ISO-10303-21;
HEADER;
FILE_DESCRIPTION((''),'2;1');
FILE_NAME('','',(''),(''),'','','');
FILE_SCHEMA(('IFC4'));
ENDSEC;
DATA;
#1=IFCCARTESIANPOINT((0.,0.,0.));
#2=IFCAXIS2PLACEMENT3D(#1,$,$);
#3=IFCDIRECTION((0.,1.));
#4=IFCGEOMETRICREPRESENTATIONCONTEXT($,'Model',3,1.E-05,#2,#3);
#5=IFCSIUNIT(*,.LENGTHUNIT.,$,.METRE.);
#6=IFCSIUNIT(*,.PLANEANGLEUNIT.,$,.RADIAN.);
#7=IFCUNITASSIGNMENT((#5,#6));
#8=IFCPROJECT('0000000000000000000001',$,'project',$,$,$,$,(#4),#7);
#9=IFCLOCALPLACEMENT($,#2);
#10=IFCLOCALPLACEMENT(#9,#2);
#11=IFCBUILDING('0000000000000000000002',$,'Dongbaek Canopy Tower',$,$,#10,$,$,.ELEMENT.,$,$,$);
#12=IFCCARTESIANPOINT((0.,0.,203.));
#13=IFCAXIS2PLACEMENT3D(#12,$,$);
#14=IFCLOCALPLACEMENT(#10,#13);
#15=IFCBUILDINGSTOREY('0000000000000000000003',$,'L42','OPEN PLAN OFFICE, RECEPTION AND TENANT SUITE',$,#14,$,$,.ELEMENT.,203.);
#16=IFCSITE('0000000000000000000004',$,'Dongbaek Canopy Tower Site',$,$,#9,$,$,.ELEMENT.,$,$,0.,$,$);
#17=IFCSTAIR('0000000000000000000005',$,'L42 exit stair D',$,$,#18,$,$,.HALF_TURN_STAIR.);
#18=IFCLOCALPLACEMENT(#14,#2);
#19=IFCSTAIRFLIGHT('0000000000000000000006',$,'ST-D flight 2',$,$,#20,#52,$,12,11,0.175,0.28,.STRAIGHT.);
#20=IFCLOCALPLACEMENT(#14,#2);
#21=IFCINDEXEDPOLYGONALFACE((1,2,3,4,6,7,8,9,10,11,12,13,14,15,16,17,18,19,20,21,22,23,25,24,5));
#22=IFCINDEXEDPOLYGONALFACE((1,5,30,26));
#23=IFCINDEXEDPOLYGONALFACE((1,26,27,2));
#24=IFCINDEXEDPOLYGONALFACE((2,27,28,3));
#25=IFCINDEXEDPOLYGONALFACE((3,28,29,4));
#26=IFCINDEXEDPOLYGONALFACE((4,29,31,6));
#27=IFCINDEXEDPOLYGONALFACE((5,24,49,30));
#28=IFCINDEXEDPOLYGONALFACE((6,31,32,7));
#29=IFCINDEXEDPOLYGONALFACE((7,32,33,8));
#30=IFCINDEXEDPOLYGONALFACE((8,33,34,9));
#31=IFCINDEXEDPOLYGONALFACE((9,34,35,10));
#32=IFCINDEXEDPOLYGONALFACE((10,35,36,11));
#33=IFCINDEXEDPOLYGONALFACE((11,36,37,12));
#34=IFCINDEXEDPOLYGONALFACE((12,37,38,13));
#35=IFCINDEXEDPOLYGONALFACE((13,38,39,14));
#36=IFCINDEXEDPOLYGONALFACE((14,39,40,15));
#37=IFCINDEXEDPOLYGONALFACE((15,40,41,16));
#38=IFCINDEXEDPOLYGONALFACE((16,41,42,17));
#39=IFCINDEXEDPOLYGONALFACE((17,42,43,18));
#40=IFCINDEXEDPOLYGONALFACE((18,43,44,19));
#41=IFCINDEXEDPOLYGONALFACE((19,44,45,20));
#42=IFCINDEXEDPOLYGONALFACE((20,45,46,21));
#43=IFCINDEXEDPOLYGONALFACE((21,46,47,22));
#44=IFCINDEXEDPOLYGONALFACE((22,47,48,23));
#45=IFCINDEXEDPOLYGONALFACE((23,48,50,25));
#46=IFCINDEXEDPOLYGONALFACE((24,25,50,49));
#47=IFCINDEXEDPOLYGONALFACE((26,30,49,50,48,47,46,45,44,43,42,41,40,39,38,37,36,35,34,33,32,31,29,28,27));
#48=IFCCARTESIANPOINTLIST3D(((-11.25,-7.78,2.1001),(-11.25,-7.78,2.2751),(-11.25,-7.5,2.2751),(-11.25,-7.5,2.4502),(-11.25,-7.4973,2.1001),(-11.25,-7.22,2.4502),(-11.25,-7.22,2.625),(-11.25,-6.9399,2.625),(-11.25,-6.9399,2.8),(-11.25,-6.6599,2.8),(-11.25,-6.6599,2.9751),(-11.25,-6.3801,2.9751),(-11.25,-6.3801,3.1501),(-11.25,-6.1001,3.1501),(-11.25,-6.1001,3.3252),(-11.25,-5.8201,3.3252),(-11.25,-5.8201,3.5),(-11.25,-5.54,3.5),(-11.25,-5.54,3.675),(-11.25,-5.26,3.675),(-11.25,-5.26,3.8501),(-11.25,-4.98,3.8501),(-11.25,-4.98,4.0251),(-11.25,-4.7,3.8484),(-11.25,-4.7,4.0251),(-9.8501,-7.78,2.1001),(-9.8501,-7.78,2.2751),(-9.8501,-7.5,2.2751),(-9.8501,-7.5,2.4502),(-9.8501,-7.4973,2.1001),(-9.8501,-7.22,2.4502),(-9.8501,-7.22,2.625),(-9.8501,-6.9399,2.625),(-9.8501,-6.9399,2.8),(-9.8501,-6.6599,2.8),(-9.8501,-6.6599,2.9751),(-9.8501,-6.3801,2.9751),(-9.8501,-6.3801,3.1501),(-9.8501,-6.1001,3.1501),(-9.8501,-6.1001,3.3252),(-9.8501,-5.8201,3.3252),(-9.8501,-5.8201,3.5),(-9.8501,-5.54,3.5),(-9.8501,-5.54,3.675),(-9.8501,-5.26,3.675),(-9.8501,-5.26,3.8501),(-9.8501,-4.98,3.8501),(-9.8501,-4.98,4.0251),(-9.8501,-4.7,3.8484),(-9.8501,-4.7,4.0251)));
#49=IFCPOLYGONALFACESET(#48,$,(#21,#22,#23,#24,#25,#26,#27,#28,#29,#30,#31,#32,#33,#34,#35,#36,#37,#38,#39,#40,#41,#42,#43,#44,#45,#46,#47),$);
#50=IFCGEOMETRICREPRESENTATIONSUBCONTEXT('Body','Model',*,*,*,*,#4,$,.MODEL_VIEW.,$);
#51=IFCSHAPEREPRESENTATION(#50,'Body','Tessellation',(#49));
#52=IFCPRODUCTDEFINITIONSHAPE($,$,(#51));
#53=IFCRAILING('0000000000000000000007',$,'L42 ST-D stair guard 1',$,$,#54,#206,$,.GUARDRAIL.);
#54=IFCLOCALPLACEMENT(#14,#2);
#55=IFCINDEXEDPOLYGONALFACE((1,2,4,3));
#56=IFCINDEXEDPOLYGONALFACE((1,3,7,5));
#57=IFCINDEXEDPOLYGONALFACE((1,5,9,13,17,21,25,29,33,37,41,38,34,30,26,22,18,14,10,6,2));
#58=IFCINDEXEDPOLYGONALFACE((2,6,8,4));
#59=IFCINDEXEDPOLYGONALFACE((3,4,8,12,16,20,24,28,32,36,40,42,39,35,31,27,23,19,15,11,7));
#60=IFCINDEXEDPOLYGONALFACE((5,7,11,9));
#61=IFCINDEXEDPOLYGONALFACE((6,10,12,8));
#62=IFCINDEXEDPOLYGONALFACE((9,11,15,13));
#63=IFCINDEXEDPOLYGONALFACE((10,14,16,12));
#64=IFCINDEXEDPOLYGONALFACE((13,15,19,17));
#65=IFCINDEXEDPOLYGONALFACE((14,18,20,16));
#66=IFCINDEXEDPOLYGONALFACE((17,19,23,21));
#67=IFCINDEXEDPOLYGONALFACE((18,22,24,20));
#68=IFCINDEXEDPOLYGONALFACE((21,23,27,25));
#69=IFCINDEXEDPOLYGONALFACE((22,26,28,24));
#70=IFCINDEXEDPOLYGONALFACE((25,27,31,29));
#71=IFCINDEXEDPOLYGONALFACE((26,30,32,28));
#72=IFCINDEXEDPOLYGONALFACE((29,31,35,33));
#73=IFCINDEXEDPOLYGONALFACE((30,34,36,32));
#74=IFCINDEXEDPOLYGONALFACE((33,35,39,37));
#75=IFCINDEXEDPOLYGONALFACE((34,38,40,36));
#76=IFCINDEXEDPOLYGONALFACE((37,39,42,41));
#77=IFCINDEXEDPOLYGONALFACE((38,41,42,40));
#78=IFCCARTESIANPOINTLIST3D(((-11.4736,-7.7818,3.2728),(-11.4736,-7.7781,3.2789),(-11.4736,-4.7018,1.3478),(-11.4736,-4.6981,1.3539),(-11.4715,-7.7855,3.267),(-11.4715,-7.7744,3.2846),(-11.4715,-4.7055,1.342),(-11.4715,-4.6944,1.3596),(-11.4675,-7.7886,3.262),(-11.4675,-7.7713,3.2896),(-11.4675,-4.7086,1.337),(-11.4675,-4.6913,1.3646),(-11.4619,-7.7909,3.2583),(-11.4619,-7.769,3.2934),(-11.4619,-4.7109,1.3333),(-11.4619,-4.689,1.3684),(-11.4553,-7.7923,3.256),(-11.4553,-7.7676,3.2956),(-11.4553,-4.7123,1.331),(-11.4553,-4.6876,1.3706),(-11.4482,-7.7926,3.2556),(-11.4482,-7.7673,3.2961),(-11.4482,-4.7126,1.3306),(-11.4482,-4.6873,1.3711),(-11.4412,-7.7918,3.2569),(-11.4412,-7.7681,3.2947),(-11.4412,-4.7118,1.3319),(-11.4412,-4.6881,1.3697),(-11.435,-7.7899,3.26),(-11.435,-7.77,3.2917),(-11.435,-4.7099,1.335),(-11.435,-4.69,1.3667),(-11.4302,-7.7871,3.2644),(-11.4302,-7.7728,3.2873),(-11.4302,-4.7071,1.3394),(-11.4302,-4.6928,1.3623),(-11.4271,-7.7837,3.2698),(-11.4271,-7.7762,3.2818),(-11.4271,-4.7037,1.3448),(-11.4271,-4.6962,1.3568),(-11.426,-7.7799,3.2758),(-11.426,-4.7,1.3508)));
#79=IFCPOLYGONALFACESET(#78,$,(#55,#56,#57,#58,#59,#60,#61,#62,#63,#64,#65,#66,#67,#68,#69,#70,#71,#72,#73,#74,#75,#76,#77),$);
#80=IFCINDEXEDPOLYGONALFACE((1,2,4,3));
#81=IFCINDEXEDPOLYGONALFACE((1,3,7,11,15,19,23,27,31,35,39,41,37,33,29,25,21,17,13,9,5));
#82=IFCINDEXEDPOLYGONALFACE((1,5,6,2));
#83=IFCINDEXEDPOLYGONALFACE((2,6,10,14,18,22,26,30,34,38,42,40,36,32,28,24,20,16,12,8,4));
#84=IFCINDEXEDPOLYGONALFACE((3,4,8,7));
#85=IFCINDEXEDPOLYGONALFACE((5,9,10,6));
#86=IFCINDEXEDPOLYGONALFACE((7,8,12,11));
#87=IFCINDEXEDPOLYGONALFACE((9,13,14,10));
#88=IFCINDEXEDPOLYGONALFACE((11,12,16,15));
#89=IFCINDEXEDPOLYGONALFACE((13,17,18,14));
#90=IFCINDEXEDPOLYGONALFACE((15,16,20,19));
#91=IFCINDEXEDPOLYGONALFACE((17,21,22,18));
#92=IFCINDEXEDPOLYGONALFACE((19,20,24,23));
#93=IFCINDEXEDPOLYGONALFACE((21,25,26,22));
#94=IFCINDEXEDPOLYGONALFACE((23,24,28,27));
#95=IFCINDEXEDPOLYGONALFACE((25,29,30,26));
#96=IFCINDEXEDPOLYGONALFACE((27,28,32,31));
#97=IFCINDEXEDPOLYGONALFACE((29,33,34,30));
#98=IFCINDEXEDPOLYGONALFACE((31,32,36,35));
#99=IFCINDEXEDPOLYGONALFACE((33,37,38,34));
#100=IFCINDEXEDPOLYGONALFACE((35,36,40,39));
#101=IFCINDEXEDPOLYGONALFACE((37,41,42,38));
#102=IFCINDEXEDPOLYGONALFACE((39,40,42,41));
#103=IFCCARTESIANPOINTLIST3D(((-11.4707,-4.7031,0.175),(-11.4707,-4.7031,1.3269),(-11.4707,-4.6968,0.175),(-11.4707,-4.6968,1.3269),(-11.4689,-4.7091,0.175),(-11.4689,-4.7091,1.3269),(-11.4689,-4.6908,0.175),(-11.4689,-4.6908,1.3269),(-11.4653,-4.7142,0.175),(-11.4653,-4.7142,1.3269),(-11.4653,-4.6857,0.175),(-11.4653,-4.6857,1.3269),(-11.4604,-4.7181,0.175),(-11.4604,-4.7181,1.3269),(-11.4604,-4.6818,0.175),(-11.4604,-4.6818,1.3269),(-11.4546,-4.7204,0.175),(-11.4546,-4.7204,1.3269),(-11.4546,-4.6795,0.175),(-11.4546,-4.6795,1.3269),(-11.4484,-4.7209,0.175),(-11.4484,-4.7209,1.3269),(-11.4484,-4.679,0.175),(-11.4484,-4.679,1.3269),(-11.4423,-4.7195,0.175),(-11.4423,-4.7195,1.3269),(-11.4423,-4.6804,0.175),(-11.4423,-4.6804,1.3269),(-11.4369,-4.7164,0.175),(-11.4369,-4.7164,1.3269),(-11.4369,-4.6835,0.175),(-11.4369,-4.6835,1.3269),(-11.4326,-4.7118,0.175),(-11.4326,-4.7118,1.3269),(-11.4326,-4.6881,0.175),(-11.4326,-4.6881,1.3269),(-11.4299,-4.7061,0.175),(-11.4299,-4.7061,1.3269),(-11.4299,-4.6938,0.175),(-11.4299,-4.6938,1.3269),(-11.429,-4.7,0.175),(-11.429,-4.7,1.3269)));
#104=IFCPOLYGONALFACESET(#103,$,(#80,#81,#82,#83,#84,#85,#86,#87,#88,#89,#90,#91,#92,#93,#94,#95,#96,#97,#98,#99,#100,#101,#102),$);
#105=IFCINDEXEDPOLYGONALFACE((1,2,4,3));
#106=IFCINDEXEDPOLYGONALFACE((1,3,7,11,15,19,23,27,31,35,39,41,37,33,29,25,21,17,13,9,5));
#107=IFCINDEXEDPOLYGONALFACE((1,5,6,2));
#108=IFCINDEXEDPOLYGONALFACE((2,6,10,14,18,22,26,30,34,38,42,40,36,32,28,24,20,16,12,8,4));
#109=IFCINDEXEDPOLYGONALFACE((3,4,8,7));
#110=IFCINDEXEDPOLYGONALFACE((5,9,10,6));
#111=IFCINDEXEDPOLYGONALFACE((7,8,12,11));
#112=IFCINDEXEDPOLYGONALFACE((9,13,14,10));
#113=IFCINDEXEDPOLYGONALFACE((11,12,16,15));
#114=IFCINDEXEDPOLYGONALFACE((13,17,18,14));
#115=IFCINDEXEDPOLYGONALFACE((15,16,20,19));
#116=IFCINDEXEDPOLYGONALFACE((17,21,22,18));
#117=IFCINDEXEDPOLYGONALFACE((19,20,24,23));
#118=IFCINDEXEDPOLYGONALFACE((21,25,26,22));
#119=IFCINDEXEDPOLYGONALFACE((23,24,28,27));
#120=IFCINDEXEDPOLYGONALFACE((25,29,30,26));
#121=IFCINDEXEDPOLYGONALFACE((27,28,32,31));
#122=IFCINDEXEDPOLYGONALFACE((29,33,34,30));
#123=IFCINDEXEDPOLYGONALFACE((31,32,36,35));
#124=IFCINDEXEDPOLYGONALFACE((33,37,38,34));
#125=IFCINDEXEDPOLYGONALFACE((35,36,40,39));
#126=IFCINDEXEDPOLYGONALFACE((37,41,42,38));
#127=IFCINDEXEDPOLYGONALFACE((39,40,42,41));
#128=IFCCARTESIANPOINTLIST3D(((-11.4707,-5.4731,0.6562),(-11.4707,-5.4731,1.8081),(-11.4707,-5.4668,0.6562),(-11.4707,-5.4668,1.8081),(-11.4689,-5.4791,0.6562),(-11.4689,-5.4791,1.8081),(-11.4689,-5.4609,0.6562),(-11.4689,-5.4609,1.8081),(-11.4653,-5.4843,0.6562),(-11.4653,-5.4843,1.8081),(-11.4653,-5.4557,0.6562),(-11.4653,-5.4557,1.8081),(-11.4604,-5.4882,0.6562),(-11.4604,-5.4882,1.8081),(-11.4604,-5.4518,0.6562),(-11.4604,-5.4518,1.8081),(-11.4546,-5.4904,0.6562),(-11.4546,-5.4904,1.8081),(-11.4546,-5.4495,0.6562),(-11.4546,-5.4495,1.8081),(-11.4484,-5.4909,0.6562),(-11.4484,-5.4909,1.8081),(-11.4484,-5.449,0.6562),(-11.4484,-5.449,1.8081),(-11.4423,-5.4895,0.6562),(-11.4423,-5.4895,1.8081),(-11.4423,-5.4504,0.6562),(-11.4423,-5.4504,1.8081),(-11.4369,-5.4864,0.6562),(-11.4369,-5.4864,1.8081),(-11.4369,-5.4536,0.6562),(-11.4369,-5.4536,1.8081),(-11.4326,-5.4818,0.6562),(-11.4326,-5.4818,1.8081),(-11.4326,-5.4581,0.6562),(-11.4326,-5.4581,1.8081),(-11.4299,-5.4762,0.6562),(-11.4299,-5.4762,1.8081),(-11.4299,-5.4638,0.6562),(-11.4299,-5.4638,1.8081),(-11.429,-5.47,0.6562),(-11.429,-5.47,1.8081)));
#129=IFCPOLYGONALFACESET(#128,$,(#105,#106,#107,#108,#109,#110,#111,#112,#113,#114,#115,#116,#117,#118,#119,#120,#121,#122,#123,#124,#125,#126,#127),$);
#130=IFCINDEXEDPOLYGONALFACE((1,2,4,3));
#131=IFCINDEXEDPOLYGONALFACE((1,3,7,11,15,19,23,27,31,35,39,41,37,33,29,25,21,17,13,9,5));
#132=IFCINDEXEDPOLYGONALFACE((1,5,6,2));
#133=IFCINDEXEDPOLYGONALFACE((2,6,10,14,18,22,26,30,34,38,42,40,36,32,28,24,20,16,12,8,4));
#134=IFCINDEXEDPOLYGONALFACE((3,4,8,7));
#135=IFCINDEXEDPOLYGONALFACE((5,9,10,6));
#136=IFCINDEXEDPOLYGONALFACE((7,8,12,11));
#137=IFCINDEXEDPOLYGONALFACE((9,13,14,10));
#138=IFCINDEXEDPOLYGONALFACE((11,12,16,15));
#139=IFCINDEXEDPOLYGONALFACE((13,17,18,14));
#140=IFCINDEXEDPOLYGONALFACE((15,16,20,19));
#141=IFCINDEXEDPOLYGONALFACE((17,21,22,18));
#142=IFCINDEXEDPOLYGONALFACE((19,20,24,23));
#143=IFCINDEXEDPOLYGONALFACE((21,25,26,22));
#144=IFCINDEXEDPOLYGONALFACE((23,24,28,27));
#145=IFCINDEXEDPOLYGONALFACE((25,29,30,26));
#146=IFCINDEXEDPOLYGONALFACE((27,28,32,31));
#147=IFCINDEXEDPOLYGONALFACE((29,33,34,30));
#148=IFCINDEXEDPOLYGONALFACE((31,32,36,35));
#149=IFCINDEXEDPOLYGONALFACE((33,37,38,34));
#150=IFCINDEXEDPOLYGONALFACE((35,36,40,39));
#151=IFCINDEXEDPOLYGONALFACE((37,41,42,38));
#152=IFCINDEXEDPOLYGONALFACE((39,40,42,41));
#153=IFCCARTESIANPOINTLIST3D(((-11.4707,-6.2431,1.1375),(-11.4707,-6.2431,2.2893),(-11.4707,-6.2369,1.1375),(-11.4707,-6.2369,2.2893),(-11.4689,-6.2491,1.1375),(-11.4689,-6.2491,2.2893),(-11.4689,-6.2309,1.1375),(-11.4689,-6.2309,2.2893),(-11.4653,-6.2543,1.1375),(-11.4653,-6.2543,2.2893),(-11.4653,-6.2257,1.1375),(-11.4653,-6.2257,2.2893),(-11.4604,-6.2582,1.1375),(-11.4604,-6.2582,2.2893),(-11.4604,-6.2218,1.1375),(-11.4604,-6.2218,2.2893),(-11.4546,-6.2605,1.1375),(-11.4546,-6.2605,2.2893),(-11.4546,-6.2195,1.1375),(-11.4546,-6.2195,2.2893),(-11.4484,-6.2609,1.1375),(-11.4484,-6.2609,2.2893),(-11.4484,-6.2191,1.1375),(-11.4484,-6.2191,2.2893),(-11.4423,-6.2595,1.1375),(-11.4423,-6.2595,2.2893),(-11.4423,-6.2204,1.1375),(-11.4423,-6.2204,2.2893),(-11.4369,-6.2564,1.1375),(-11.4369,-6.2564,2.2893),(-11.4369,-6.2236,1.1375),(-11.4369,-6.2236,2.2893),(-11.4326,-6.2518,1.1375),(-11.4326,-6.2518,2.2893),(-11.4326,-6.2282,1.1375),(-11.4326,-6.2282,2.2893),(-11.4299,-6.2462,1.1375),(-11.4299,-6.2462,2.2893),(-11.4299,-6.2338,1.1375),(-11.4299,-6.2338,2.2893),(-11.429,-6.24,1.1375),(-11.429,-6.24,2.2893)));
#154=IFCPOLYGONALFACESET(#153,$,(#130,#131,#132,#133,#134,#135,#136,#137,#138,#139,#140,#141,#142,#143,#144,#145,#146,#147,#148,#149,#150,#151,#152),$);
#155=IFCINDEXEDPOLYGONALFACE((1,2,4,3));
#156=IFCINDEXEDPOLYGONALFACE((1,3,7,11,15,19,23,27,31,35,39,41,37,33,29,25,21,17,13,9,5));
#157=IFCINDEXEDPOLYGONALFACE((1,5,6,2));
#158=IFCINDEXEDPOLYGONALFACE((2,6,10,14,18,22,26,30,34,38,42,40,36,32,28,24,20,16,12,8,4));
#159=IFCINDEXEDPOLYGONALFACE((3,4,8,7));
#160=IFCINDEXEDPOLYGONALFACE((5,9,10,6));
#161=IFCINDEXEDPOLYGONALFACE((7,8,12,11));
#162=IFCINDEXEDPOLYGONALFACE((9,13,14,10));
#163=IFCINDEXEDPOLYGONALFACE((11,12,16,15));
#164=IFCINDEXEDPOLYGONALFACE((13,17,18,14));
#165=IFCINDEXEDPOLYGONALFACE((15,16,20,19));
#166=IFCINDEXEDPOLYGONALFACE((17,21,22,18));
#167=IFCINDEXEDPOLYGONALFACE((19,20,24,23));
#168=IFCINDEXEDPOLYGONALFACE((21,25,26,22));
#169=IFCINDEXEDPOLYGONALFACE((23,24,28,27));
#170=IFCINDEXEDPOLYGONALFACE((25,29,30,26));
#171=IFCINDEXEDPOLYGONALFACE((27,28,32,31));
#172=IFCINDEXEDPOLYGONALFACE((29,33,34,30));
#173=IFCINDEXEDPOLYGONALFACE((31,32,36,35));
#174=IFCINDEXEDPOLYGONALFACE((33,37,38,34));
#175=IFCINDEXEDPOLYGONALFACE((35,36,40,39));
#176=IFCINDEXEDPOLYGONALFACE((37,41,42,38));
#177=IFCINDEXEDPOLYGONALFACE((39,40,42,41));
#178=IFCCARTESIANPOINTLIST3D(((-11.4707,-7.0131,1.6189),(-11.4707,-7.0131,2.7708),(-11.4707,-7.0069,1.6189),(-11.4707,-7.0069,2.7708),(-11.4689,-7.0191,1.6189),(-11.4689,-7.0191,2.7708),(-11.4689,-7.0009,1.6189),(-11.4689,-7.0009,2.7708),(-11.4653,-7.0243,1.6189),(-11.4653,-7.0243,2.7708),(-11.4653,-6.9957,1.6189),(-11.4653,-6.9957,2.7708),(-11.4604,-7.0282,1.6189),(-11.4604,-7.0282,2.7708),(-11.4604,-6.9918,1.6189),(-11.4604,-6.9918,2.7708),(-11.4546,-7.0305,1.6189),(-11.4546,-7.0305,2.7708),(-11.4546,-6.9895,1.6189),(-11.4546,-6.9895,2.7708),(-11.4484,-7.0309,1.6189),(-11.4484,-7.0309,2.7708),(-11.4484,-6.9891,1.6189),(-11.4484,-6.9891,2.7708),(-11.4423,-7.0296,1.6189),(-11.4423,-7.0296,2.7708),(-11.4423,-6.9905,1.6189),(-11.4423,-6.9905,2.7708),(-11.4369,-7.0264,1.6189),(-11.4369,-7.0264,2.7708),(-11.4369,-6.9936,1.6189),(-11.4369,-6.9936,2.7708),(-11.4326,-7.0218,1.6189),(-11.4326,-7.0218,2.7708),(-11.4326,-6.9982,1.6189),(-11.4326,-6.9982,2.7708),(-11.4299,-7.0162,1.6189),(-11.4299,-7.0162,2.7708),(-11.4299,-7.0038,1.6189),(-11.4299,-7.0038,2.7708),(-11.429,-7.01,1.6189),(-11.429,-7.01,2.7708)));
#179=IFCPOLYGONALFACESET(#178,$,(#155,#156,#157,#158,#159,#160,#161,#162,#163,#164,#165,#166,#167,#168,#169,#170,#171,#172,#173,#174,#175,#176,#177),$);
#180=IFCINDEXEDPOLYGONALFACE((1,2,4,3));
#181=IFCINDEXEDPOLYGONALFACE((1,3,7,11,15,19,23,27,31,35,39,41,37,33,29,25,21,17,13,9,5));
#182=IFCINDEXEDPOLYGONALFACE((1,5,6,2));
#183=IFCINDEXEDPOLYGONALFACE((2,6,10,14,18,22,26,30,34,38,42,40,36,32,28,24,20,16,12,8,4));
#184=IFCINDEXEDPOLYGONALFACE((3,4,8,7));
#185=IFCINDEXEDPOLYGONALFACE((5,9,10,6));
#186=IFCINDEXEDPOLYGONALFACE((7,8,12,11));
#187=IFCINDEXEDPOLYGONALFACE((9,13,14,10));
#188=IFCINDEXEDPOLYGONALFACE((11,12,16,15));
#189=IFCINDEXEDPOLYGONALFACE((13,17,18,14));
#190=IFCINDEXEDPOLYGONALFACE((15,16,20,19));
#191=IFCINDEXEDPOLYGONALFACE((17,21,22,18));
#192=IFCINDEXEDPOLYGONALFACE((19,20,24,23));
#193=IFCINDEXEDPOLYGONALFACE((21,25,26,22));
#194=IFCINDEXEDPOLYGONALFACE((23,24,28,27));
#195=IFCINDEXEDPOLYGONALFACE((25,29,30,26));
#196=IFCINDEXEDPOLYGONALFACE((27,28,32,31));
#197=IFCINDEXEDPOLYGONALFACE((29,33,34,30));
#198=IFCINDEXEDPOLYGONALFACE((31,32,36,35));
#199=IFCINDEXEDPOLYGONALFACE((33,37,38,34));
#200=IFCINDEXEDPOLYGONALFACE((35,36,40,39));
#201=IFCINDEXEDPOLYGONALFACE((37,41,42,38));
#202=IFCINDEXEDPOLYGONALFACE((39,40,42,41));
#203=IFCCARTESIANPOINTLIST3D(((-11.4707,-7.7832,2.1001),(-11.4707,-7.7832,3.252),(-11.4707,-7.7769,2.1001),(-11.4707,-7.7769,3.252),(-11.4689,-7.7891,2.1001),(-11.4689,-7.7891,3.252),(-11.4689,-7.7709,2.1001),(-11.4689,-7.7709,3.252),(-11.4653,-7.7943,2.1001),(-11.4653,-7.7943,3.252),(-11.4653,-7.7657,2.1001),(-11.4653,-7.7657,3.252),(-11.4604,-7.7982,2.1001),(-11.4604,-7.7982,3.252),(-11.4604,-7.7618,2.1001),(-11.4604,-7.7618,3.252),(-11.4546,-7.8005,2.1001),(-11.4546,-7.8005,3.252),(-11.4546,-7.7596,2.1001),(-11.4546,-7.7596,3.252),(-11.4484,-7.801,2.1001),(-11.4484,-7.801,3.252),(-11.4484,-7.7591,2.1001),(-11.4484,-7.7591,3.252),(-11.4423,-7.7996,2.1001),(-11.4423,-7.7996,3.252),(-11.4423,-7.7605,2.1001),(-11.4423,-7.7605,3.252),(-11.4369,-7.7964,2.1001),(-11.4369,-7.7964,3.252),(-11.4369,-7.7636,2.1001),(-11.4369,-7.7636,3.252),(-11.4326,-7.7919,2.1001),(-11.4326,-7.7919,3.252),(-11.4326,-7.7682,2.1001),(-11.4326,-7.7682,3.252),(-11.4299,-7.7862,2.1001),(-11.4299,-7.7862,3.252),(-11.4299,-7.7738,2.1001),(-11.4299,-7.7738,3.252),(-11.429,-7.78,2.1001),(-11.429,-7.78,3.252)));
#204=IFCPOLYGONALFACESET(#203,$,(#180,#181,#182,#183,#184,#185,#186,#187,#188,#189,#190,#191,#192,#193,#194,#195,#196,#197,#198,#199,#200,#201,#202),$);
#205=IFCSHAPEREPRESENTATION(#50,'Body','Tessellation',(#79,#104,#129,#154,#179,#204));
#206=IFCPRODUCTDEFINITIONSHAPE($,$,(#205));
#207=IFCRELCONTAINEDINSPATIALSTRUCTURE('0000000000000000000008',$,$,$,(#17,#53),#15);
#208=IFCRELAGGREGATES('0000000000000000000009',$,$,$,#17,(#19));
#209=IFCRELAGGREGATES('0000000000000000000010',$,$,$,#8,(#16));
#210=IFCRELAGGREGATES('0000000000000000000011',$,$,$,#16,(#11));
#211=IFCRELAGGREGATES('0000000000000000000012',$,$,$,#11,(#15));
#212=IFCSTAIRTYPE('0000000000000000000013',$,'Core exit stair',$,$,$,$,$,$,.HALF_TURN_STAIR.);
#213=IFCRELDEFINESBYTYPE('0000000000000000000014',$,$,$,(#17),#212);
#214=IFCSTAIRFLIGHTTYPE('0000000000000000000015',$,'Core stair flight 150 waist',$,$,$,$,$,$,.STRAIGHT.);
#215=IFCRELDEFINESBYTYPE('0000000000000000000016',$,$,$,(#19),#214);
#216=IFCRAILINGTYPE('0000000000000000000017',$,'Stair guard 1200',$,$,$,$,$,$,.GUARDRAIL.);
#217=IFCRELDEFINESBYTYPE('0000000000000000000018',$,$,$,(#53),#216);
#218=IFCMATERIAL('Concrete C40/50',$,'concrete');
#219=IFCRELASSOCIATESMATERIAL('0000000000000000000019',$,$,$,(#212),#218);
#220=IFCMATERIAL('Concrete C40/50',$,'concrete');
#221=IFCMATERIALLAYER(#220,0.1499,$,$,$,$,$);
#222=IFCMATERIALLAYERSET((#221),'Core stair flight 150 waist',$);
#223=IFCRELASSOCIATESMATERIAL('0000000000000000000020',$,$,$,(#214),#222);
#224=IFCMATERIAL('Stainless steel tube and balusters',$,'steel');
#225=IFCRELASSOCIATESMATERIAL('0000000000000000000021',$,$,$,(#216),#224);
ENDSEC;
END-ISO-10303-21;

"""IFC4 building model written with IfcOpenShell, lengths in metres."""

from ifc_helpers import new_model, si_unit, direction, frame, origin, origin_2d, place, context, subcontext, project, spatial, polyline, circle, outline, extrude, material, layer, layer_set, type_object, element, aggregate, save


model = new_model("IFC4")

# Units and contexts
model_context = context("Model", 3, precision=1e-05, world=origin(), true_north=direction((0.0, 1.0)))
body_context = subcontext(model_context, "Body", "Model", "MODEL_VIEW")
ifc_project = project(units=[si_unit("LENGTHUNIT", "METRE"), si_unit("PLANEANGLEUNIT", "RADIAN")], contexts=[model_context])

# Site, building, storey
site_placement = place(None, origin())
site = spatial("IfcSite", under=ifc_project, at=site_placement, Name="Dongbaek Canopy Tower Site", CompositionType="ELEMENT", RefElevation=0.0)
building_placement = place(site_placement, origin())
building = spatial("IfcBuilding", under=site, at=building_placement, Name="Dongbaek Canopy Tower", CompositionType="ELEMENT")
storey_placement = place(building_placement, frame((0.0, 0.0, 203.0)))
storey = spatial("IfcBuildingStorey", under=building, at=storey_placement, Name="L42", Description="OPEN PLAN OFFICE, RECEPTION AND TENANT SUITE", CompositionType="ELEMENT", Elevation=203.0)

# Stair, stair flight
ifc_material_1 = material(Name="Concrete C40/50", Category="concrete")
stair_type = type_object("IfcStairType", Name="Core exit stair", PredefinedType="HALF_TURN_STAIR", material=ifc_material_1)
stair_placement = place(storey_placement, origin())
stair = element("IfcStair", 1, at=stair_placement, inside=storey, type_object=stair_type, Name="L42 exit stair D", PredefinedType="HALF_TURN_STAIR")
ifc_material_2 = material(Name="Concrete C40/50", Category="concrete")
ifc_layer_1 = layer(ifc_material_2, 0.1499)
ifc_layer_set_1 = layer_set([ifc_layer_1], Name="Core stair flight 150 waist")
stair_flight_type = type_object("IfcStairFlightType", Name="Core stair flight 150 waist", PredefinedType="STRAIGHT", material=ifc_layer_set_1)
stair_flight_1_placement = place(storey_placement, frame((-10.55, -7.78, 2.1001), z_axis=(0.0, 0.0, 1.0), x_axis=(0.0, 1.0, 0.0)))
stair_flight_1 = element("IfcStairFlight", 2, at=stair_flight_1_placement, type_object=stair_flight_type, Name="ST-D flight 2", NumberOfRisers=12, NumberOfTreads=11, PredefinedType="STRAIGHT", RiserHeight=0.175, TreadLength=0.28, context=body_context, shape_type="SweptSolid", body=[
    extrude(outline(polyline([(0.0, 0.0), (0.0, 0.175), (0.28, 0.175), (0.28, 0.3501), (0.5601, 0.3501), (0.5601, 0.5249), (0.8401, 0.5249), (0.8401, 0.7), (1.1201, 0.7), (1.1201, 0.875), (1.3999, 0.875), (1.3999, 1.05), (1.6799, 1.05), (1.6799, 1.2251), (1.96, 1.2251), (1.96, 1.3999), (2.24, 1.3999), (2.24, 1.575), (2.52, 1.575), (2.52, 1.75), (2.8, 1.75), (2.8, 1.925), (3.0801, 1.925), (3.0801, 2.1001), (3.0801, 1.7483), (0.2827, 0.0), (0.0, 0.0)])), frame((0.0, 0.7, 0.0), z_axis=(0.0, -1.0, 0.0), x_axis=(1.0, 0.0, 0.0)), (0.0, 0.0, 1.0), 1.3999),
])
aggregate(stair, [stair_flight_1])

# Railing
ifc_material_3 = material(Name="Stainless steel tube and balusters", Category="steel")
railing_type_1 = type_object("IfcRailingType", Name="Stair guard 1200", PredefinedType="GUARDRAIL", material=ifc_material_3)
railing_1_placement = place(storey_placement, frame((-11.45, -4.7, 0.175)))
element("IfcRailing", 3, at=railing_1_placement, inside=storey, type_object=railing_type_1, Name="L42 ST-D stair guard 1", PredefinedType="GUARDRAIL", context=body_context, shape_type="SweptSolid", body=[
    extrude(circle(Radius=0.0239, at=origin_2d()), frame((0.0, 0.0, 1.1758), z_axis=(0.0, -0.847998, 0.529999), x_axis=(1.0, 0.0, 0.0)), (0.0, 0.0, 1.0), 3.6321),
    extrude(circle(Radius=0.021, at=origin_2d()), origin(), (0.0, 0.0, 1.0), 1.1519),
    extrude(circle(Radius=0.021, at=origin_2d()), frame((0.0, -0.77, 0.4812)), (0.0, 0.0, 1.0), 1.1519),
    extrude(circle(Radius=0.021, at=origin_2d()), frame((0.0, -1.54, 0.9624)), (0.0, 0.0, 1.0), 1.1519),
    extrude(circle(Radius=0.021, at=origin_2d()), frame((0.0, -2.3101, 1.4438)), (0.0, 0.0, 1.0), 1.1519),
    extrude(circle(Radius=0.021, at=origin_2d()), frame((0.0, -3.0801, 1.925)), (0.0, 0.0, 1.0), 1.1519),
])

save(model, "model.ifc")
